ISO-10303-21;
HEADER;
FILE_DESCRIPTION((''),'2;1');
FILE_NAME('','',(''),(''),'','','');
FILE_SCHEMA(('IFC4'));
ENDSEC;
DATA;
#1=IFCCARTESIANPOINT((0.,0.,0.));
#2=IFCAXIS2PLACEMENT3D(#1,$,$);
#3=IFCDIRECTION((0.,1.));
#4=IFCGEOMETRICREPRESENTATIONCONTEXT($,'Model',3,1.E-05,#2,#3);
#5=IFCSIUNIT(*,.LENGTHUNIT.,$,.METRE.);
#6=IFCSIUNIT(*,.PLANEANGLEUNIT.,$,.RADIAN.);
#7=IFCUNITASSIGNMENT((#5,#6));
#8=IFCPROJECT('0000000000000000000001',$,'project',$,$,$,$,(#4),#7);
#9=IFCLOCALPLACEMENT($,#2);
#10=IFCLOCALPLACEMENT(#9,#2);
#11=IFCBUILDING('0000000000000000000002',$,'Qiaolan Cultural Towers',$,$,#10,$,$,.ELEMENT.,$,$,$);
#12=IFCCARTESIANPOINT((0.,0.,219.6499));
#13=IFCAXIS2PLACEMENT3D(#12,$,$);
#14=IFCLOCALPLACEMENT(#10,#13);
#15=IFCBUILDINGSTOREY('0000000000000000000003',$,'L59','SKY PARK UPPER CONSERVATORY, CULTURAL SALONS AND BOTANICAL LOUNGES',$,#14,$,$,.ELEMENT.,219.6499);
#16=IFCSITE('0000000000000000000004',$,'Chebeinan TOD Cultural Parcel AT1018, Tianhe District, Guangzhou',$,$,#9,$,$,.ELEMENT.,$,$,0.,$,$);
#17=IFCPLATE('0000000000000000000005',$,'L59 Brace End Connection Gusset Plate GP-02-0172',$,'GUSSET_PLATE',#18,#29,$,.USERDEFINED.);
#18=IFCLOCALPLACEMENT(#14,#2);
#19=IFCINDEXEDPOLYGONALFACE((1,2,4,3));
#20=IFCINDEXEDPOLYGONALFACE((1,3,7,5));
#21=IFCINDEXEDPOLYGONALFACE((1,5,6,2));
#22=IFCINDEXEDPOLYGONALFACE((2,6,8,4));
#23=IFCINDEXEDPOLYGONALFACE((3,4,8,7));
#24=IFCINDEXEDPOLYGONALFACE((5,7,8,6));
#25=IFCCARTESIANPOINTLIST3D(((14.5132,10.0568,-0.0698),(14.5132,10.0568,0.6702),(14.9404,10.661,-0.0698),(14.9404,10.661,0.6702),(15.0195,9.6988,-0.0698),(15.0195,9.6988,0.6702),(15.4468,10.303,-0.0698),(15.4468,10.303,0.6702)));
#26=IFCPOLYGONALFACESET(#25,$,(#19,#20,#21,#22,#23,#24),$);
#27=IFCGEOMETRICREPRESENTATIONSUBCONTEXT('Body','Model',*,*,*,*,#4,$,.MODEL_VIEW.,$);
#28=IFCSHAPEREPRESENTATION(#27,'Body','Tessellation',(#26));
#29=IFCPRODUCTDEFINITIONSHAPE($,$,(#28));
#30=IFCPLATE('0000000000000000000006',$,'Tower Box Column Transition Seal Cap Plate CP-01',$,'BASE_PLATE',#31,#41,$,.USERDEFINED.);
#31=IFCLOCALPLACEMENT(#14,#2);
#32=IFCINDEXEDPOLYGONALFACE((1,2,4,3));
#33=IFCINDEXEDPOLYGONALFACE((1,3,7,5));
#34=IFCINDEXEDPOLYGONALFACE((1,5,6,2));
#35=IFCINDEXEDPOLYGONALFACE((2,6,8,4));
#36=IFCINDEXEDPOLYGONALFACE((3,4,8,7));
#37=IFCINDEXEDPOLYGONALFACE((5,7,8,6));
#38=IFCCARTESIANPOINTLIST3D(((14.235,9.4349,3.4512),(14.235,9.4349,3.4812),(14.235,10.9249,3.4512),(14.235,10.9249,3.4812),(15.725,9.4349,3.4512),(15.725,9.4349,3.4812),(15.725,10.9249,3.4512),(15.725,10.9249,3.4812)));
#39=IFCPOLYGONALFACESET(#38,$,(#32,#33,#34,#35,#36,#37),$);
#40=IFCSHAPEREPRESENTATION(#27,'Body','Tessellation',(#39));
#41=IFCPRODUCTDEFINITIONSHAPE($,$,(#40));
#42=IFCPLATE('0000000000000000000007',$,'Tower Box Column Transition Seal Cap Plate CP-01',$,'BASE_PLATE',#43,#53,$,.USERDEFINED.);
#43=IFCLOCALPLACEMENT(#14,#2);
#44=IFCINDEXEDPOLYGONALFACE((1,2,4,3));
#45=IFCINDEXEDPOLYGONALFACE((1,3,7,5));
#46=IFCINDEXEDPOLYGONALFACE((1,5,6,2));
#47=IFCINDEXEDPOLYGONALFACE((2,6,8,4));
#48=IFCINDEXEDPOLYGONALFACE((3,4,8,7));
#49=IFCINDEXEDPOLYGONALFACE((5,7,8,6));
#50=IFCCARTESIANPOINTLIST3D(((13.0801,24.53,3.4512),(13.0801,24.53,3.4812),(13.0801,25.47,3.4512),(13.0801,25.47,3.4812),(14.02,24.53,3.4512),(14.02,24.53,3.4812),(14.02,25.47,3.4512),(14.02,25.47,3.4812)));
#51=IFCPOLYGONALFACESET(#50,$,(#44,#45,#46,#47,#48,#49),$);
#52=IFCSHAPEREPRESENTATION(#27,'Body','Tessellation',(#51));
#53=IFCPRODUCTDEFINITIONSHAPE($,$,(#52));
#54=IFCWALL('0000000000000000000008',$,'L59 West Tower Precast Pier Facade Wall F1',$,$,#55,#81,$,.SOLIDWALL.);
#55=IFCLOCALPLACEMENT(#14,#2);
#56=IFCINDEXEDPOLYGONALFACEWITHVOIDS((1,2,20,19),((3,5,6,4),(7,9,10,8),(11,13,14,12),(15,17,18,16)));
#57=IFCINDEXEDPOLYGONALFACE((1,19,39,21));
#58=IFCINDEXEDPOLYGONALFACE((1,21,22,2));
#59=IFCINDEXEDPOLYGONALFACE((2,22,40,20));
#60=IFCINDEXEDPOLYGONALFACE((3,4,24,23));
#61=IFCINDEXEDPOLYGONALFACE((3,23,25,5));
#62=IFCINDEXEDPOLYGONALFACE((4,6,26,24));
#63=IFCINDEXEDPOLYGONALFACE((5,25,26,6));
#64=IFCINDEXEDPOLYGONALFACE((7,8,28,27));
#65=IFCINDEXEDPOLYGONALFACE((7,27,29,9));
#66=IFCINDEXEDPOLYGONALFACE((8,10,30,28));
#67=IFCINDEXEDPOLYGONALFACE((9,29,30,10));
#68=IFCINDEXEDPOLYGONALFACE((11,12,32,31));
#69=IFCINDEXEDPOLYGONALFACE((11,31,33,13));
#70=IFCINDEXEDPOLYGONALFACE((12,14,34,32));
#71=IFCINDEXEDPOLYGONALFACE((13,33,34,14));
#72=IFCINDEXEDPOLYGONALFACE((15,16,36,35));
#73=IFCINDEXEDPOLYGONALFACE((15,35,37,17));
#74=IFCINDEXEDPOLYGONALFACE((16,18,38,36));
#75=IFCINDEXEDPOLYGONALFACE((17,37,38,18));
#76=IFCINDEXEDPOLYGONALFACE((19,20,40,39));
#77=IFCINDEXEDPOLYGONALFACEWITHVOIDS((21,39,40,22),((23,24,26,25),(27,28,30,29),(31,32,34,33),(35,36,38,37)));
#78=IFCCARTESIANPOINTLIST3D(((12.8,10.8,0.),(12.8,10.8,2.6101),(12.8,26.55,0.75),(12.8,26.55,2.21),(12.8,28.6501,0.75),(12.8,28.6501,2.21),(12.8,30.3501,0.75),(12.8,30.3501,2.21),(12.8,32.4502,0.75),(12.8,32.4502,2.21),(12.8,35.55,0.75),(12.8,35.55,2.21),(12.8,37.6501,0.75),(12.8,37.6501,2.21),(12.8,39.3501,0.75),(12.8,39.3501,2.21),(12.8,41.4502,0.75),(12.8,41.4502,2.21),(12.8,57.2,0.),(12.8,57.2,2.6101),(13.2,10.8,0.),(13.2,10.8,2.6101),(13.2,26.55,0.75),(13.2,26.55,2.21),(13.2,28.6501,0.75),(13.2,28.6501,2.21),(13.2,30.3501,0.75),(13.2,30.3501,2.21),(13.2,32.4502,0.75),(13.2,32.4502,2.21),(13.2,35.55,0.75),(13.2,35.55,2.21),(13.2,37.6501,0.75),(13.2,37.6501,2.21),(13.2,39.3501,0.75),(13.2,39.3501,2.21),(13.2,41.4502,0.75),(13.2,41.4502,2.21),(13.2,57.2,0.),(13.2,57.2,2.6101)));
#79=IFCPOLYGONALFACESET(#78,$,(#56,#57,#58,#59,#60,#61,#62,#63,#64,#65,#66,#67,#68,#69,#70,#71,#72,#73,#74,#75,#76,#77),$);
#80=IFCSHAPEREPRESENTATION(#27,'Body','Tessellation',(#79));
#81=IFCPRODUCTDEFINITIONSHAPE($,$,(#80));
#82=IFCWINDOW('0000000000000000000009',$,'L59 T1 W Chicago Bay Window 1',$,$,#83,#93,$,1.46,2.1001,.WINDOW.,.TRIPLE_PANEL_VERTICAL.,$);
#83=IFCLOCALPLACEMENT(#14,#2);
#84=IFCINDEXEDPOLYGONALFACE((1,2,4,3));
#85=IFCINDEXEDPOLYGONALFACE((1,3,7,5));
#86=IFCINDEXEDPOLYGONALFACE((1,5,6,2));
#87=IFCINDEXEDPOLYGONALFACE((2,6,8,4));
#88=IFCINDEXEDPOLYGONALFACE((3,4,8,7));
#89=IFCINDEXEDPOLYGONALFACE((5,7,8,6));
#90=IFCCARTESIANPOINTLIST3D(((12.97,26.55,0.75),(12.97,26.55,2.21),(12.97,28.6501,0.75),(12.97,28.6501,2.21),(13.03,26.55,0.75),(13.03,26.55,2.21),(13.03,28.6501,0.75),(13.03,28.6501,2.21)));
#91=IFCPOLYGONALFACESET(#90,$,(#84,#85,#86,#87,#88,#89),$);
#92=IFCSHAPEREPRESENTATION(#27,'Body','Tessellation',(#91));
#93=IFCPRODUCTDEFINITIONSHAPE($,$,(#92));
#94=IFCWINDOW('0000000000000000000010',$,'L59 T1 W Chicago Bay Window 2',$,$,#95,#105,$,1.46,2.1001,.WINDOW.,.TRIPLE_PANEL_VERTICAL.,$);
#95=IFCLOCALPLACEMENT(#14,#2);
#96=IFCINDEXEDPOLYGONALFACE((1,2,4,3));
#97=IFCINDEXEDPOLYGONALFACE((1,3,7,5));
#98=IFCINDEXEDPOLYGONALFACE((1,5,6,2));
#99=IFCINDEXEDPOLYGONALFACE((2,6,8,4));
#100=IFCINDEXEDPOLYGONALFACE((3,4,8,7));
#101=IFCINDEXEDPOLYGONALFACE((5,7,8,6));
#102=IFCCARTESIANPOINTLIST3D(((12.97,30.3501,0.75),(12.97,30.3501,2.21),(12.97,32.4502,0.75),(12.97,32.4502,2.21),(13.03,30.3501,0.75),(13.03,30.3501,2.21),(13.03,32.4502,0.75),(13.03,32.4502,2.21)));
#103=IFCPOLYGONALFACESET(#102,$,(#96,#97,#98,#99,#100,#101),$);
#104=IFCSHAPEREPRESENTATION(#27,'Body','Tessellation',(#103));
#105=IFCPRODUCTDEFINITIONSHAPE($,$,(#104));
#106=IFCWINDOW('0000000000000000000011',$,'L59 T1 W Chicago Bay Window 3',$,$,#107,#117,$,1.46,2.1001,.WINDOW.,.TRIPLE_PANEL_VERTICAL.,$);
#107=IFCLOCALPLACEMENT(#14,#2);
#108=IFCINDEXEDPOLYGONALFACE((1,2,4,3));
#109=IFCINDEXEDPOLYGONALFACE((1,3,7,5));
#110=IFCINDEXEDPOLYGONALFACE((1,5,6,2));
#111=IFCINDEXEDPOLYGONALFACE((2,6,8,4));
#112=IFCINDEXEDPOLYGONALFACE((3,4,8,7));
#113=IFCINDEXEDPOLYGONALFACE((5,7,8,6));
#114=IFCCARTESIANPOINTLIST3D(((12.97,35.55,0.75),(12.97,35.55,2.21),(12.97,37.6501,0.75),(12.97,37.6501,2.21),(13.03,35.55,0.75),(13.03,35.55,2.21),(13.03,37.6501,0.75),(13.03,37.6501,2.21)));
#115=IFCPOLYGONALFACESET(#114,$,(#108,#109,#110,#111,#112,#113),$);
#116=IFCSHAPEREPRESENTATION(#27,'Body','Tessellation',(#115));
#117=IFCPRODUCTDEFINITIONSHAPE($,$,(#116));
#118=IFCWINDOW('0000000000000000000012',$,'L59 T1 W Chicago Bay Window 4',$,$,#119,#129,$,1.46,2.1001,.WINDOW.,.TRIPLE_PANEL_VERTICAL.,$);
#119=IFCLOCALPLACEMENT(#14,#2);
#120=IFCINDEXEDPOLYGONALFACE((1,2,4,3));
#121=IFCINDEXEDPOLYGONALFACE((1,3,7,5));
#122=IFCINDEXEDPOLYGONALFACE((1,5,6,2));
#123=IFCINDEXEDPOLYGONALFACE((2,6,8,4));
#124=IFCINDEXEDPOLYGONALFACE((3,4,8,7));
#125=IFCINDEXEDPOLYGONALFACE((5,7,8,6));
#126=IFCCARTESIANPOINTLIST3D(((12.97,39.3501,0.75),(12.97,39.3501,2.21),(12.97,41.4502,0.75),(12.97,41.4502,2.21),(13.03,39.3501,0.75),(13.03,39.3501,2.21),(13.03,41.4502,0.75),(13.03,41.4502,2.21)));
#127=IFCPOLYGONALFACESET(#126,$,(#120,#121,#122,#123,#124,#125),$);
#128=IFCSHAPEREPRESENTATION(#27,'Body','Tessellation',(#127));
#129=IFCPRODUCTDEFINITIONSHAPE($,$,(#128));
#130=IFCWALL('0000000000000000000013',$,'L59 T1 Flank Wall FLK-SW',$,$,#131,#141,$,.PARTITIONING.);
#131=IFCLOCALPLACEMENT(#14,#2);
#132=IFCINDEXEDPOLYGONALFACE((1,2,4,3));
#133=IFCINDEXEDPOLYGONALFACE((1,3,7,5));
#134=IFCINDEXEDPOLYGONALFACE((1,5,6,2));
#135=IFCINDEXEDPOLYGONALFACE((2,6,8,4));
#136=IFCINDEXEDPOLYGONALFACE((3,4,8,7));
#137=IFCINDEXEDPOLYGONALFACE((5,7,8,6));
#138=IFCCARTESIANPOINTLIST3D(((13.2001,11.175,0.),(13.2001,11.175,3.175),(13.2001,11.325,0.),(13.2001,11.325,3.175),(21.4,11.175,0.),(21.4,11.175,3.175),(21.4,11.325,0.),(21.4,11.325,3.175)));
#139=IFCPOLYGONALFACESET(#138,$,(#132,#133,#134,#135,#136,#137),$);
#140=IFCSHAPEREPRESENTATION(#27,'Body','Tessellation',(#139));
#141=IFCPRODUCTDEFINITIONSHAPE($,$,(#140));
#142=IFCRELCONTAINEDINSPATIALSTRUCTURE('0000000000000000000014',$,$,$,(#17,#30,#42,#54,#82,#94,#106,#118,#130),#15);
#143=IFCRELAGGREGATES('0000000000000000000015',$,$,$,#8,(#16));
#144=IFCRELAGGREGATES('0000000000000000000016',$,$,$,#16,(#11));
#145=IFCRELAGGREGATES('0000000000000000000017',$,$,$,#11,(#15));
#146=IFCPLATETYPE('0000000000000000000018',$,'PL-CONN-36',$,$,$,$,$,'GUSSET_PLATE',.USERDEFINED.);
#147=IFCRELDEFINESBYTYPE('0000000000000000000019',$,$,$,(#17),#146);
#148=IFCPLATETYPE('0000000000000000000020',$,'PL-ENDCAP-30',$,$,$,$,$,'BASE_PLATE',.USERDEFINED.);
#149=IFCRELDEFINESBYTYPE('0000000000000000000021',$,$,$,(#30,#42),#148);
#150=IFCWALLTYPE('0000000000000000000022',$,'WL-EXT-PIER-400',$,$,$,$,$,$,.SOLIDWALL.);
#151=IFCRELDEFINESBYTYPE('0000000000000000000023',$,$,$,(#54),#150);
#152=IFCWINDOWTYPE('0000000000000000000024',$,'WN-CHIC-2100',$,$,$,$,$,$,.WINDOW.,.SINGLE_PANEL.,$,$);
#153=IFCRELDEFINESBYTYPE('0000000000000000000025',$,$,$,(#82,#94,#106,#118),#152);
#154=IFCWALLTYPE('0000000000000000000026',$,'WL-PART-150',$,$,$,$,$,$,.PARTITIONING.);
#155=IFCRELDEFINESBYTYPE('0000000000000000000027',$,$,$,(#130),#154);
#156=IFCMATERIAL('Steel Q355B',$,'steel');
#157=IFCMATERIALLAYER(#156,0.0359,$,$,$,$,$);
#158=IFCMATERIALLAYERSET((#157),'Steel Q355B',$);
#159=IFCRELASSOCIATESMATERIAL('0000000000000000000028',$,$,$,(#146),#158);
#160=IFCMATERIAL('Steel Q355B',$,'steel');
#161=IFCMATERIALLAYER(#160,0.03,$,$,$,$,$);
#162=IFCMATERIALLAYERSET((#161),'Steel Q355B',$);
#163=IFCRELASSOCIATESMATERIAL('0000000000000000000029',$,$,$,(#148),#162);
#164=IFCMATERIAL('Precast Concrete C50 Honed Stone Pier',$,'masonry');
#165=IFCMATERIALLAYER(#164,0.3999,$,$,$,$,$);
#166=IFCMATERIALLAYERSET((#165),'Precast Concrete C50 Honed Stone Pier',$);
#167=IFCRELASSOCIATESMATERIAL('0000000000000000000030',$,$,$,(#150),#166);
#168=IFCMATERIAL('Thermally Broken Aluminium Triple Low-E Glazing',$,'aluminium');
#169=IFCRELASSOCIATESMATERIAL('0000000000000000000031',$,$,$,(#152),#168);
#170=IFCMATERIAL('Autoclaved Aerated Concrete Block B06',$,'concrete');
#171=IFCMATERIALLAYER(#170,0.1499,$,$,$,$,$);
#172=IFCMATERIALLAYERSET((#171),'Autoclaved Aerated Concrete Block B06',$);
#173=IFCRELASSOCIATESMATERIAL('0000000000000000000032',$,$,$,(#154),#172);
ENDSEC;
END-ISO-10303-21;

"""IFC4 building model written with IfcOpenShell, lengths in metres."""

from ifc_helpers import new_model, si_unit, direction, frame, frame_2d, origin, origin_2d, place, context, subcontext, project, spatial, rectangle, extrude, material, layer, layer_set, type_object, element, fill, save


model = new_model("IFC4")

# Units and contexts
model_context = context("Model", 3, precision=1e-05, world=origin(), true_north=direction((0.0, 1.0)))
body_context = subcontext(model_context, "Body", "Model", "MODEL_VIEW")
ifc_project = project(units=[si_unit("LENGTHUNIT", "METRE"), si_unit("PLANEANGLEUNIT", "RADIAN")], contexts=[model_context])

# Site, building, storey
site_placement = place(None, origin())
site = spatial("IfcSite", under=ifc_project, at=site_placement, Name="Chebeinan TOD Cultural Parcel AT1018, Tianhe District, Guangzhou", CompositionType="ELEMENT", RefElevation=0.0)
building_placement = place(site_placement, origin())
building = spatial("IfcBuilding", under=site, at=building_placement, Name="Qiaolan Cultural Towers", CompositionType="ELEMENT")
storey_placement = place(building_placement, frame((0.0, 0.0, 219.6499)))
storey = spatial("IfcBuildingStorey", under=building, at=storey_placement, Name="L59", Description="SKY PARK UPPER CONSERVATORY, CULTURAL SALONS AND BOTANICAL LOUNGES", CompositionType="ELEMENT", Elevation=219.6499)

# Plates
ifc_material_1 = material(Name="Steel Q355B", Category="steel")
ifc_layer_1 = layer(ifc_material_1, 0.0359)
ifc_layer_set_1 = layer_set([ifc_layer_1], Name="Steel Q355B")
plate_type_1 = type_object("IfcPlateType", Name="PL-CONN-36", ElementType="GUSSET_PLATE", PredefinedType="USERDEFINED", material=ifc_layer_set_1)
plate_1_placement = place(storey_placement, frame((14.98, 10.1799, -0.0698), z_axis=(0.0, 0.0, 1.0), x_axis=(0.577354, 0.816494, 0.0)))
element("IfcPlate", 1, at=plate_1_placement, inside=storey, type_object=plate_type_1, Name="L59 Brace End Connection Gusset Plate GP-02-0172", ObjectType="GUSSET_PLATE", PredefinedType="USERDEFINED", context=body_context, shape_type="SweptSolid", body=[
    extrude(rectangle(XDim=0.74, YDim=0.6201, at=origin_2d()), origin(), (0.0, 0.0, 1.0), 0.74),
])
ifc_material_2 = material(Name="Steel Q355B", Category="steel")
ifc_layer_2 = layer(ifc_material_2, 0.03)
ifc_layer_set_2 = layer_set([ifc_layer_2], Name="Steel Q355B")
plate_type_2 = type_object("IfcPlateType", Name="PL-ENDCAP-30", ElementType="BASE_PLATE", PredefinedType="USERDEFINED", material=ifc_layer_set_2)
plate_2_placement = place(storey_placement, frame((14.98, 10.1799, 3.4512), z_axis=(0.0, 0.0, 1.0), x_axis=(1.0, 0.0, 0.0)))
element("IfcPlate", 2, at=plate_2_placement, inside=storey, type_object=plate_type_2, Name="Tower Box Column Transition Seal Cap Plate CP-01", ObjectType="BASE_PLATE", PredefinedType="USERDEFINED", context=body_context, shape_type="SweptSolid", body=[
    extrude(rectangle(XDim=1.49, YDim=1.49, at=origin_2d()), origin(), (0.0, 0.0, 1.0), 0.03),
])
plate_3_placement = place(storey_placement, frame((13.55, 25.0, 3.4512), z_axis=(0.0, 0.0, 1.0), x_axis=(1.0, 0.0, 0.0)))
element("IfcPlate", 3, at=plate_3_placement, inside=storey, type_object=plate_type_2, Name="Tower Box Column Transition Seal Cap Plate CP-01", ObjectType="BASE_PLATE", PredefinedType="USERDEFINED", context=body_context, shape_type="SweptSolid", body=[
    extrude(rectangle(XDim=0.9399, YDim=0.9399, at=origin_2d()), origin(), (0.0, 0.0, 1.0), 0.03),
])

# Wall, openings, windows
ifc_material_3 = material(Name="Precast Concrete C50 Honed Stone Pier", Category="masonry")
ifc_layer_3 = layer(ifc_material_3, 0.3999)
ifc_layer_set_3 = layer_set([ifc_layer_3], Name="Precast Concrete C50 Honed Stone Pier")
wall_type_1 = type_object("IfcWallType", Name="WL-EXT-PIER-400", PredefinedType="SOLIDWALL", material=ifc_layer_set_3)
wall_1_placement = place(storey_placement, frame((13.0, 10.8, 0.0), z_axis=(0.0, 0.0, 1.0), x_axis=(0.0, 1.0, 0.0)))
wall_1 = element("IfcWall", 4, at=wall_1_placement, inside=storey, type_object=wall_type_1, Name="L59 West Tower Precast Pier Facade Wall F1", PredefinedType="SOLIDWALL", context=body_context, shape_type="SweptSolid", body=[
    extrude(rectangle(XDim=46.3999, YDim=0.3999, at=frame_2d((23.2, 0.0))), origin(), (0.0, 0.0, 1.0), 2.6101),
])
opening_1_placement = place(wall_1_placement, frame((15.75, 0.0, 0.75)))
opening_1 = element("IfcOpeningElement", 5, at=opening_1_placement, cuts=wall_1, PredefinedType="OPENING", context=body_context, shape_type="SweptSolid", body=[
    extrude(rectangle(XDim=2.1001, YDim=1.46, at=frame_2d((1.05, 0.73))), frame((0.0, 0.21, 0.0), z_axis=(0.0, -1.0, 0.0), x_axis=(1.0, 0.0, 0.0)), (0.0, 0.0, 1.0), 0.4199),
])
opening_2_placement = place(wall_1_placement, frame((19.55, 0.0, 0.75)))
opening_2 = element("IfcOpeningElement", 6, at=opening_2_placement, cuts=wall_1, PredefinedType="OPENING", context=body_context, shape_type="SweptSolid", body=[
    extrude(rectangle(XDim=2.1001, YDim=1.46, at=frame_2d((1.05, 0.73))), frame((0.0, 0.21, 0.0), z_axis=(0.0, -1.0, 0.0), x_axis=(1.0, 0.0, 0.0)), (0.0, 0.0, 1.0), 0.4199),
])
opening_3_placement = place(wall_1_placement, frame((24.75, 0.0, 0.75)))
opening_3 = element("IfcOpeningElement", 7, at=opening_3_placement, cuts=wall_1, PredefinedType="OPENING", context=body_context, shape_type="SweptSolid", body=[
    extrude(rectangle(XDim=2.1001, YDim=1.46, at=frame_2d((1.05, 0.73))), frame((0.0, 0.21, 0.0), z_axis=(0.0, -1.0, 0.0), x_axis=(1.0, 0.0, 0.0)), (0.0, 0.0, 1.0), 0.4199),
])
opening_4_placement = place(wall_1_placement, frame((28.55, 0.0, 0.75)))
opening_4 = element("IfcOpeningElement", 8, at=opening_4_placement, cuts=wall_1, PredefinedType="OPENING", context=body_context, shape_type="SweptSolid", body=[
    extrude(rectangle(XDim=2.1001, YDim=1.46, at=frame_2d((1.05, 0.73))), frame((0.0, 0.21, 0.0), z_axis=(0.0, -1.0, 0.0), x_axis=(1.0, 0.0, 0.0)), (0.0, 0.0, 1.0), 0.4199),
])
ifc_material_4 = material(Name="Thermally Broken Aluminium Triple Low-E Glazing", Category="aluminium")
window_type = type_object("IfcWindowType", Name="WN-CHIC-2100", PartitioningType="SINGLE_PANEL", PredefinedType="WINDOW", material=ifc_material_4)
window_1_placement = place(opening_1_placement, origin())
window_1 = element("IfcWindow", 9, at=window_1_placement, inside=storey, type_object=window_type, Name="L59 T1 W Chicago Bay Window 1", OverallHeight=1.46, OverallWidth=2.1001, PartitioningType="TRIPLE_PANEL_VERTICAL", PredefinedType="WINDOW", context=body_context, shape_type="SweptSolid", body=[
    extrude(rectangle(XDim=2.1001, YDim=1.46, at=frame_2d((1.05, 0.73))), frame((0.0, 0.03, 0.0), z_axis=(0.0, -1.0, 0.0), x_axis=(1.0, 0.0, 0.0)), (0.0, 0.0, 1.0), 0.0601),
])
fill(opening_1, window_1)
window_2_placement = place(opening_2_placement, origin())
window_2 = element("IfcWindow", 10, at=window_2_placement, inside=storey, type_object=window_type, Name="L59 T1 W Chicago Bay Window 2", OverallHeight=1.46, OverallWidth=2.1001, PartitioningType="TRIPLE_PANEL_VERTICAL", PredefinedType="WINDOW", context=body_context, shape_type="SweptSolid", body=[
    extrude(rectangle(XDim=2.1001, YDim=1.46, at=frame_2d((1.05, 0.73))), frame((0.0, 0.03, 0.0), z_axis=(0.0, -1.0, 0.0), x_axis=(1.0, 0.0, 0.0)), (0.0, 0.0, 1.0), 0.0601),
])
fill(opening_2, window_2)
window_3_placement = place(opening_3_placement, origin())
window_3 = element("IfcWindow", 11, at=window_3_placement, inside=storey, type_object=window_type, Name="L59 T1 W Chicago Bay Window 3", OverallHeight=1.46, OverallWidth=2.1001, PartitioningType="TRIPLE_PANEL_VERTICAL", PredefinedType="WINDOW", context=body_context, shape_type="SweptSolid", body=[
    extrude(rectangle(XDim=2.1001, YDim=1.46, at=frame_2d((1.05, 0.73))), frame((0.0, 0.03, 0.0), z_axis=(0.0, -1.0, 0.0), x_axis=(1.0, 0.0, 0.0)), (0.0, 0.0, 1.0), 0.0601),
])
fill(opening_3, window_3)
window_4_placement = place(opening_4_placement, origin())
window_4 = element("IfcWindow", 12, at=window_4_placement, inside=storey, type_object=window_type, Name="L59 T1 W Chicago Bay Window 4", OverallHeight=1.46, OverallWidth=2.1001, PartitioningType="TRIPLE_PANEL_VERTICAL", PredefinedType="WINDOW", context=body_context, shape_type="SweptSolid", body=[
    extrude(rectangle(XDim=2.1001, YDim=1.46, at=frame_2d((1.05, 0.73))), frame((0.0, 0.03, 0.0), z_axis=(0.0, -1.0, 0.0), x_axis=(1.0, 0.0, 0.0)), (0.0, 0.0, 1.0), 0.0601),
])
fill(opening_4, window_4)

# Wall
ifc_material_5 = material(Name="Autoclaved Aerated Concrete Block B06", Category="concrete")
ifc_layer_4 = layer(ifc_material_5, 0.1499)
ifc_layer_set_4 = layer_set([ifc_layer_4], Name="Autoclaved Aerated Concrete Block B06")
wall_type_2 = type_object("IfcWallType", Name="WL-PART-150", PredefinedType="PARTITIONING", material=ifc_layer_set_4)
wall_2_placement = place(storey_placement, frame((13.2, 11.25, 0.0), z_axis=(0.0, 0.0, 1.0), x_axis=(1.0, 0.0, 0.0)))
element("IfcWall", 13, at=wall_2_placement, inside=storey, type_object=wall_type_2, Name="L59 T1 Flank Wall FLK-SW", PredefinedType="PARTITIONING", context=body_context, shape_type="SweptSolid", body=[
    extrude(rectangle(XDim=8.2, YDim=0.1499, at=frame_2d((4.1001, 0.0))), origin(), (0.0, 0.0, 1.0), 3.175),
])

save(model, "model.ifc")
